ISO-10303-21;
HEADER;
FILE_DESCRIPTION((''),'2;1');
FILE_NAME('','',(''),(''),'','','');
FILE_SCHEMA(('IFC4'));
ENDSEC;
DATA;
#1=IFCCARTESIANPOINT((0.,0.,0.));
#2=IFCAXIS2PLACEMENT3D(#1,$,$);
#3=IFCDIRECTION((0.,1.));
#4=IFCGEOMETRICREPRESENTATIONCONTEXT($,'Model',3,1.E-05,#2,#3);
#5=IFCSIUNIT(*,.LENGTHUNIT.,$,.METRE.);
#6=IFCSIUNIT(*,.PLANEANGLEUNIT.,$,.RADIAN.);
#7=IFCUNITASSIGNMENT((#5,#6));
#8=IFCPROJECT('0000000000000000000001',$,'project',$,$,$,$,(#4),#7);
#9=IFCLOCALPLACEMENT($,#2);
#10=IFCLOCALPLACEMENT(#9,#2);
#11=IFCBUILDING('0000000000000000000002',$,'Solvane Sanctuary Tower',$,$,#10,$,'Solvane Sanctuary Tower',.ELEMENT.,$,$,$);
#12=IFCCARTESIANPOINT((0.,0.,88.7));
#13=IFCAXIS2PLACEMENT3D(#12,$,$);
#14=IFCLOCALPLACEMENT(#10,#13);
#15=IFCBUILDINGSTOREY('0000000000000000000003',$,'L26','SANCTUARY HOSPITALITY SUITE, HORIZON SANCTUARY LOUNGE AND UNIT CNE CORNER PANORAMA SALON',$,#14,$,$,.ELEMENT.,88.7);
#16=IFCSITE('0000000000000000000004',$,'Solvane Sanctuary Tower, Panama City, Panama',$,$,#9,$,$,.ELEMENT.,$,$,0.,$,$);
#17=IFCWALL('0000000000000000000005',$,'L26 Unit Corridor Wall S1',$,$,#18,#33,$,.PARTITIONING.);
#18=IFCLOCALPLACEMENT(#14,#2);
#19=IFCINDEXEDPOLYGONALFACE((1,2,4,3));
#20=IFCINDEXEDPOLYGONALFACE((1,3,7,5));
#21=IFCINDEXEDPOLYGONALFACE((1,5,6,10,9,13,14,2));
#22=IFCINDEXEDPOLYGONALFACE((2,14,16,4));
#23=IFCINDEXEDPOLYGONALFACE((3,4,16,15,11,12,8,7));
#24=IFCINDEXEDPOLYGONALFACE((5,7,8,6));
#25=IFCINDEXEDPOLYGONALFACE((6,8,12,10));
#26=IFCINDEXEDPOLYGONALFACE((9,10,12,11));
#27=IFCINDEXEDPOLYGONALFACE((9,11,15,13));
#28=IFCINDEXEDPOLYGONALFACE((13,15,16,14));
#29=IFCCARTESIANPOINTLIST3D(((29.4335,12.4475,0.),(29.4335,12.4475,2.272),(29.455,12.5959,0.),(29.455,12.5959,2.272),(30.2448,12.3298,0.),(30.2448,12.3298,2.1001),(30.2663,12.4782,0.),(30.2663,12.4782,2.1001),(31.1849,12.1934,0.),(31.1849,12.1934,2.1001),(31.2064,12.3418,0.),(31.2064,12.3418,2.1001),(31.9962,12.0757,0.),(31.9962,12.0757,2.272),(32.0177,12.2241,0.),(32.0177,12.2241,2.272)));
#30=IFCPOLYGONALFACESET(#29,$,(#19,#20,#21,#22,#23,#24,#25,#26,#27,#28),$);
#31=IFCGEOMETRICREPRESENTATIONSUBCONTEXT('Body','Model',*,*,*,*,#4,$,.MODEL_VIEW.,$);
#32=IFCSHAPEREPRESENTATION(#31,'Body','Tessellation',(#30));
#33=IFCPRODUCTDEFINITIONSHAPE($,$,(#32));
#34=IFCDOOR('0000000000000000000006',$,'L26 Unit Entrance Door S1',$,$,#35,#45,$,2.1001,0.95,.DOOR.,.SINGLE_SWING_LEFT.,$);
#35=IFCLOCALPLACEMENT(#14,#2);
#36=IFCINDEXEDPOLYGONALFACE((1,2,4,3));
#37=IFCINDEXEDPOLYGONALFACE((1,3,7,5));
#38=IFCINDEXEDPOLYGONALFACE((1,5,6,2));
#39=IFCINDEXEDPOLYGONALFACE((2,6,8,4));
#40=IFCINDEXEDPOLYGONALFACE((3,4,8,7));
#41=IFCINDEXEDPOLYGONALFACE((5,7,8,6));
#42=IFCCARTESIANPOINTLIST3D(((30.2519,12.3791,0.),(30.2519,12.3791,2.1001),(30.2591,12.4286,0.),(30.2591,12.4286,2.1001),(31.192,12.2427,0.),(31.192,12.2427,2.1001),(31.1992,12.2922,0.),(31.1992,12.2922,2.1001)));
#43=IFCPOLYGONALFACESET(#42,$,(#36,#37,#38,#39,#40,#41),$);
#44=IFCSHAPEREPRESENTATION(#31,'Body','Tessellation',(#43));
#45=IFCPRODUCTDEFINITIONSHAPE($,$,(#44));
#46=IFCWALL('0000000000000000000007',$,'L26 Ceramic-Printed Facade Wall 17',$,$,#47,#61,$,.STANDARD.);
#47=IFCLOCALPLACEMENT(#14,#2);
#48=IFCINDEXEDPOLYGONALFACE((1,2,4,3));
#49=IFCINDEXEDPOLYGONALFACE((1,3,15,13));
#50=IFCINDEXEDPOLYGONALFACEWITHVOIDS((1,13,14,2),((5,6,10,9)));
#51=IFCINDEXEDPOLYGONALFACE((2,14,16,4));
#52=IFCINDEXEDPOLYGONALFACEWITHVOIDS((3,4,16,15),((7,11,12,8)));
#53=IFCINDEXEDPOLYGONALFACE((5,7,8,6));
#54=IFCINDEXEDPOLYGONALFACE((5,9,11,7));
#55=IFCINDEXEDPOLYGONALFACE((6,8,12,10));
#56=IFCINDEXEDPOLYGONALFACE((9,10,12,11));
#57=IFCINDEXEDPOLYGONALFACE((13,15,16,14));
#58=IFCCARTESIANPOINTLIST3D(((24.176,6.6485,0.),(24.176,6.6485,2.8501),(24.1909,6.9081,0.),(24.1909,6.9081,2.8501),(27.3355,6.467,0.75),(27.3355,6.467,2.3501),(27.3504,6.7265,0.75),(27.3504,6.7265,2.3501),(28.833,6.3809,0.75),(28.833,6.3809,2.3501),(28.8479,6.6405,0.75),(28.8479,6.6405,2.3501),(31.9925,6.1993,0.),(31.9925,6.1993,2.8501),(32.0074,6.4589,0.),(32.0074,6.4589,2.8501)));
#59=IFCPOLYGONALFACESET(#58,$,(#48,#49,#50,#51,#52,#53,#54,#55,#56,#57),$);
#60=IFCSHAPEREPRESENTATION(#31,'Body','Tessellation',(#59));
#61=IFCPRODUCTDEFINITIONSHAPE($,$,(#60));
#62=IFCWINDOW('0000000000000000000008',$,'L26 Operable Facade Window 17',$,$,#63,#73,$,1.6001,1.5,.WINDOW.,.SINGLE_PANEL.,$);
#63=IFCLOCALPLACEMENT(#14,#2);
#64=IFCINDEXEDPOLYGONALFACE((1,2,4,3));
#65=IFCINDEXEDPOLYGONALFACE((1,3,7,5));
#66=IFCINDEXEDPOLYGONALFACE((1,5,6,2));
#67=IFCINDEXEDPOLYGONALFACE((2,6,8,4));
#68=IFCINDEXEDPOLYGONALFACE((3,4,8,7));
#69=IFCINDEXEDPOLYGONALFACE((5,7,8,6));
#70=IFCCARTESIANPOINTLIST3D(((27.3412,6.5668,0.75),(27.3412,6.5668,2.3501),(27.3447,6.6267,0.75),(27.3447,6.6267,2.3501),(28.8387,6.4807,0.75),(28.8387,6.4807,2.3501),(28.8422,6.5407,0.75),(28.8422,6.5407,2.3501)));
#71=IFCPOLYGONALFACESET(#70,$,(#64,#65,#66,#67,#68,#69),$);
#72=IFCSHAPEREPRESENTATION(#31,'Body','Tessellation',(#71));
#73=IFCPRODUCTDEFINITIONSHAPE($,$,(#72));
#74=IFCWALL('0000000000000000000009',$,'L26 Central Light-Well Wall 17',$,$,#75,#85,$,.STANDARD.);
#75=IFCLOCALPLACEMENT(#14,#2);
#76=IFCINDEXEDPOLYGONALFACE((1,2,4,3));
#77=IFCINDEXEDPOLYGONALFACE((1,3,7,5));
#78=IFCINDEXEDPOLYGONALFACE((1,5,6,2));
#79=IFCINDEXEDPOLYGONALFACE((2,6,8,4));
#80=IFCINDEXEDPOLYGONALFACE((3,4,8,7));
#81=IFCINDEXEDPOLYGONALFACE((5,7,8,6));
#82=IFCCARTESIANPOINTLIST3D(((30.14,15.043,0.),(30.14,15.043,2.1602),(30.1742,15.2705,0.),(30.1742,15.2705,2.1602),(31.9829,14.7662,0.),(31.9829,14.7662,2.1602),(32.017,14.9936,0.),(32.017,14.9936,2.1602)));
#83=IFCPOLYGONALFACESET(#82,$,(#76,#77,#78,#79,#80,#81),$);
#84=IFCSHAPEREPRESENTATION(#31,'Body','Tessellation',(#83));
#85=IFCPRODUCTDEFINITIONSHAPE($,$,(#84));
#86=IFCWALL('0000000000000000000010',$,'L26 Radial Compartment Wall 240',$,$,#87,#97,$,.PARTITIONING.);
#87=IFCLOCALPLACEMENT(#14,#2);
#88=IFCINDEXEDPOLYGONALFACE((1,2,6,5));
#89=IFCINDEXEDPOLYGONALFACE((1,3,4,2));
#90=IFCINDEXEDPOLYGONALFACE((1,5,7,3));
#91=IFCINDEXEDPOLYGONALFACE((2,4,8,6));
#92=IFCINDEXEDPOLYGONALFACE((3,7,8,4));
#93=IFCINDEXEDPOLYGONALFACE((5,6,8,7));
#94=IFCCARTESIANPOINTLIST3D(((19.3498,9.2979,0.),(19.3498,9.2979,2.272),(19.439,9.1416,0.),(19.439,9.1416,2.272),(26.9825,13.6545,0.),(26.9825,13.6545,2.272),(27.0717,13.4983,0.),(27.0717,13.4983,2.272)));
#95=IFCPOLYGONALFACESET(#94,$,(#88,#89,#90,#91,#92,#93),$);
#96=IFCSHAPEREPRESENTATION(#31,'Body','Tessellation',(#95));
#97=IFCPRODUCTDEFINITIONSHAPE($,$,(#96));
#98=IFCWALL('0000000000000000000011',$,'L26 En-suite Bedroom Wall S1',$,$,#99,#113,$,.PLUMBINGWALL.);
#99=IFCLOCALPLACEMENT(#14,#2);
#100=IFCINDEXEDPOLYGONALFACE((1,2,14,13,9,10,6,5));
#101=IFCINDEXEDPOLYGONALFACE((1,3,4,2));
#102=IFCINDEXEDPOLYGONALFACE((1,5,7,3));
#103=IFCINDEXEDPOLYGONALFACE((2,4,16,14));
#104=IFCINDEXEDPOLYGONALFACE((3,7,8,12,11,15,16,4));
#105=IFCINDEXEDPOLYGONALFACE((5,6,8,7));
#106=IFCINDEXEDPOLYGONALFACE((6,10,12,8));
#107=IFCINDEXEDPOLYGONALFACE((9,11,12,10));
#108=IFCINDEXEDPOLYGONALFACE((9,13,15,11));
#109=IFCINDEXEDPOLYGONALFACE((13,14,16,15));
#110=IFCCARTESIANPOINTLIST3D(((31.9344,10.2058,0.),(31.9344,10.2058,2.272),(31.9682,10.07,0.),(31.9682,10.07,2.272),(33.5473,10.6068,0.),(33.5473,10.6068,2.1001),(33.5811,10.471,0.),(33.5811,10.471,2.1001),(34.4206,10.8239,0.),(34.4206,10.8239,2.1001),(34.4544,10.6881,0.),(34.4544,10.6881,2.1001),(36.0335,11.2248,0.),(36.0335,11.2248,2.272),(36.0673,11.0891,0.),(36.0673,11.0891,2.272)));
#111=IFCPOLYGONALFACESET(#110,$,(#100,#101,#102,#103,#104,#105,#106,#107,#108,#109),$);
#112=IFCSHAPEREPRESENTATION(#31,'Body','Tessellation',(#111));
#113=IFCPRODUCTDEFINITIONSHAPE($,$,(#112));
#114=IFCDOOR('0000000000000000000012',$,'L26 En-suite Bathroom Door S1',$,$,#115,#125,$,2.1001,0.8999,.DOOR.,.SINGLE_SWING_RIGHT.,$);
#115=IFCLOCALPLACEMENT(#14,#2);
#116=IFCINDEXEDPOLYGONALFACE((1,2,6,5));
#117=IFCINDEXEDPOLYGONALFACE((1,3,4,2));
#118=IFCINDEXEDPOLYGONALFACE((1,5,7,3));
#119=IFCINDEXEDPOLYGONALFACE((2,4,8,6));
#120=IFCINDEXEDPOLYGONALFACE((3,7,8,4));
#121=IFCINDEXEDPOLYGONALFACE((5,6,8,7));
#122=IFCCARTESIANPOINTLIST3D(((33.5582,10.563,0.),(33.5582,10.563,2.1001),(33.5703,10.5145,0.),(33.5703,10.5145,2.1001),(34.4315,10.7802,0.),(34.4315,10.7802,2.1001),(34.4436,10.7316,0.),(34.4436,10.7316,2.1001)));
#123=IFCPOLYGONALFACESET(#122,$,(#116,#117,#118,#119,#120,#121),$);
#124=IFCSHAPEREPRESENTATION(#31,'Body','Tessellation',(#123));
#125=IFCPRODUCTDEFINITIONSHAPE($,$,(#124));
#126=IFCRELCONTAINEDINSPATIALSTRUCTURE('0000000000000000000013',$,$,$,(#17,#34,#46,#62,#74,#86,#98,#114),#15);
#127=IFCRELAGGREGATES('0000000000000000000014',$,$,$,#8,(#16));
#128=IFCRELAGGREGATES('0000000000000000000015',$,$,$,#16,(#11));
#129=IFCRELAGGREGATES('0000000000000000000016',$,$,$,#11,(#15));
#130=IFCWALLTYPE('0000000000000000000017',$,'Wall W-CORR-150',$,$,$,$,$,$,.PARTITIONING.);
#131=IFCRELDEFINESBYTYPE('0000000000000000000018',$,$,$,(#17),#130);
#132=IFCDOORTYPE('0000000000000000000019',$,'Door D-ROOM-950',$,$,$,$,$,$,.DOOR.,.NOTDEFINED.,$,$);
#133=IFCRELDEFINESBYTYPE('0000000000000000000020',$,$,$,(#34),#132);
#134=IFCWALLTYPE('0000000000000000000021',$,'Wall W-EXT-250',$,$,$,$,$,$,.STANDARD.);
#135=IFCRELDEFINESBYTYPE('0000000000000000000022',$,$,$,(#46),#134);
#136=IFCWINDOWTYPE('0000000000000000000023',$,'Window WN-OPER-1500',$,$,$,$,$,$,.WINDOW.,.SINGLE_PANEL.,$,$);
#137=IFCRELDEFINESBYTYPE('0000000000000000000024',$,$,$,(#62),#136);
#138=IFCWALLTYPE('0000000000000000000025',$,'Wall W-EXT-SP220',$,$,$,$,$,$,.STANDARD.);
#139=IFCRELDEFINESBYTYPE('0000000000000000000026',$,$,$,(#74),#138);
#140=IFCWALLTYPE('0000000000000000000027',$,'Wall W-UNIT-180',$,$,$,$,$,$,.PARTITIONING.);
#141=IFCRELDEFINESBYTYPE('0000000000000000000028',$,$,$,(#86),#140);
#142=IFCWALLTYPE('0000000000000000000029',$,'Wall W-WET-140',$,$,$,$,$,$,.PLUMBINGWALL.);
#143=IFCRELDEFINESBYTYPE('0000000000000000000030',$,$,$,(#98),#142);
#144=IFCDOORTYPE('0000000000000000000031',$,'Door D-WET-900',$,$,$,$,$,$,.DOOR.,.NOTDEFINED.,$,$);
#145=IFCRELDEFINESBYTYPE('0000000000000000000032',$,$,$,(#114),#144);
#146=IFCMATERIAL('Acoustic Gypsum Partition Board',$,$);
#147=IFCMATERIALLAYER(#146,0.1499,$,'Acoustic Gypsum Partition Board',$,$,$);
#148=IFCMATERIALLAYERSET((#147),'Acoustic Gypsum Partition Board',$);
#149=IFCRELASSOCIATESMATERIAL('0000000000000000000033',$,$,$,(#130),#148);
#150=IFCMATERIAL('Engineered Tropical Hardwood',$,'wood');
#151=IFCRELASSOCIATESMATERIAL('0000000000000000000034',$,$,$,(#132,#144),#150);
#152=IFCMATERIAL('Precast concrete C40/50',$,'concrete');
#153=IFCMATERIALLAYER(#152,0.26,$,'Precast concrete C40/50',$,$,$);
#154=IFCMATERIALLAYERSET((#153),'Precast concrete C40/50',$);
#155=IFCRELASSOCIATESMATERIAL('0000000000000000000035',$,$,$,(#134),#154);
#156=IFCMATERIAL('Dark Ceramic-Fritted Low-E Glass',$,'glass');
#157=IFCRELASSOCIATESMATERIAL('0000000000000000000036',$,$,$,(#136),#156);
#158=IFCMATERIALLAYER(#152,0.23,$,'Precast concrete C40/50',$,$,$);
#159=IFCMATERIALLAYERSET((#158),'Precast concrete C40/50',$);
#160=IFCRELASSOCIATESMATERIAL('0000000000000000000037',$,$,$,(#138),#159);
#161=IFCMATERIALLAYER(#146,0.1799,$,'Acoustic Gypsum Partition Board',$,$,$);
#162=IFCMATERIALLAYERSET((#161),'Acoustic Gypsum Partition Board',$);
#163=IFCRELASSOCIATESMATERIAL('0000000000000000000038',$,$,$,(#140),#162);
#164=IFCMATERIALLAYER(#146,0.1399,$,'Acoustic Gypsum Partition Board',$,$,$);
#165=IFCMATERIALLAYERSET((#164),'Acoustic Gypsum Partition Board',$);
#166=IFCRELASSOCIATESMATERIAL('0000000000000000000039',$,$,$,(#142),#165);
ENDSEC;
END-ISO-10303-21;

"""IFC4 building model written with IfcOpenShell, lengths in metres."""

from ifc_helpers import new_model, si_unit, direction, frame, frame_2d, origin, place, context, subcontext, project, spatial, rectangle, extrude, material, layer, layer_set, type_object, element, fill, save


model = new_model("IFC4")

# Units and contexts
model_context = context("Model", 3, precision=1e-05, world=origin(), true_north=direction((0.0, 1.0)))
body_context = subcontext(model_context, "Body", "Model", "MODEL_VIEW")
ifc_project = project(units=[si_unit("LENGTHUNIT", "METRE"), si_unit("PLANEANGLEUNIT", "RADIAN")], contexts=[model_context])

# Site, building, storey
site_placement = place(None, origin())
site = spatial("IfcSite", under=ifc_project, at=site_placement, Name="Solvane Sanctuary Tower, Panama City, Panama", CompositionType="ELEMENT", RefElevation=0.0)
building_placement = place(site_placement, origin())
building = spatial("IfcBuilding", under=site, at=building_placement, Name="Solvane Sanctuary Tower", LongName="Solvane Sanctuary Tower", CompositionType="ELEMENT")
storey_placement = place(building_placement, frame((0.0, 0.0, 88.7)))
storey = spatial("IfcBuildingStorey", under=building, at=storey_placement, Name="L26", Description="SANCTUARY HOSPITALITY SUITE, HORIZON SANCTUARY LOUNGE AND UNIT CNE CORNER PANORAMA SALON", CompositionType="ELEMENT", Elevation=88.7)

# Shared definitions
ifc_material_1 = material(Name="Acoustic Gypsum Partition Board")
ifc_layer_1 = layer(ifc_material_1, 0.1499, Name="Acoustic Gypsum Partition Board")
ifc_layer_set_1 = layer_set([ifc_layer_1], Name="Acoustic Gypsum Partition Board")
wall_type_1 = type_object("IfcWallType", Name="Wall W-CORR-150", PredefinedType="PARTITIONING", material=ifc_layer_set_1)

# Wall, opening, door
wall_1_placement = place(storey_placement, frame((29.4441, 12.5217, 0.0), z_axis=(0.0, 0.0, 1.0), x_axis=(0.989638, -0.143586, 0.0)))
wall_1 = element("IfcWall", 1, at=wall_1_placement, inside=storey, type_object=wall_type_1, Name="L26 Unit Corridor Wall S1", PredefinedType="PARTITIONING", context=body_context, shape_type="SweptSolid", body=[
    extrude(rectangle(XDim=2.5896, YDim=0.1499, at=frame_2d((1.2949, 0.0))), origin(), (0.0, 0.0, 1.0), 2.272),
])
opening_1_placement = place(wall_1_placement, frame((0.8198, 0.0, 0.0)))
opening_1 = element("IfcOpeningElement", 2, at=opening_1_placement, cuts=wall_1, PredefinedType="OPENING", context=body_context, shape_type="SweptSolid", body=[
    extrude(rectangle(XDim=0.95, YDim=2.1001, at=frame_2d((0.4751, 1.05))), frame((0.0, 0.085, 0.0), z_axis=(0.0, -1.0, 0.0), x_axis=(1.0, 0.0, 0.0)), (0.0, 0.0, 1.0), 0.1699),
])
ifc_material_2 = material(Name="Engineered Tropical Hardwood", Category="wood")
door_type_1 = type_object("IfcDoorType", Name="Door D-ROOM-950", OperationType="NOTDEFINED", PredefinedType="DOOR", material=ifc_material_2)
door_1_placement = place(opening_1_placement, origin())
door_1 = element("IfcDoor", 3, at=door_1_placement, inside=storey, type_object=door_type_1, Name="L26 Unit Entrance Door S1", OperationType="SINGLE_SWING_LEFT", OverallHeight=2.1001, OverallWidth=0.95, PredefinedType="DOOR", context=body_context, shape_type="SweptSolid", body=[
    extrude(rectangle(XDim=0.95, YDim=2.1001, at=frame_2d((0.4751, 1.05))), frame((0.0, 0.0249, 0.0), z_axis=(0.0, -1.0, 0.0), x_axis=(1.0, 0.0, 0.0)), (0.0, 0.0, 1.0), 0.05),
])
fill(opening_1, door_1)

# Wall, opening, window
ifc_material_3 = material(Name="Precast concrete C40/50", Category="concrete")
ifc_layer_2 = layer(ifc_material_3, 0.26, Name="Precast concrete C40/50")
ifc_layer_set_2 = layer_set([ifc_layer_2], Name="Precast concrete C40/50")
wall_type_2 = type_object("IfcWallType", Name="Wall W-EXT-250", PredefinedType="STANDARD", material=ifc_layer_set_2)
wall_2_placement = place(storey_placement, frame((24.1836, 6.7783, 0.0), z_axis=(0.0, 0.0, 1.0), x_axis=(0.998353, -0.057377, 0.0)))
wall_2 = element("IfcWall", 4, at=wall_2_placement, inside=storey, type_object=wall_type_2, Name="L26 Ceramic-Printed Facade Wall 17", PredefinedType="STANDARD", context=body_context, shape_type="SweptSolid", body=[
    extrude(rectangle(XDim=7.8293, YDim=0.26, at=frame_2d((3.9146, 0.0))), origin(), (0.0, 0.0, 1.0), 2.8501),
])
opening_2_placement = place(wall_2_placement, frame((3.1646, 0.0, 0.75)))
opening_2 = element("IfcOpeningElement", 5, at=opening_2_placement, cuts=wall_2, PredefinedType="OPENING", context=body_context, shape_type="SweptSolid", body=[
    extrude(rectangle(XDim=1.5, YDim=1.6001, at=frame_2d((0.75, 0.8))), frame((0.0, 0.1399, 0.0), z_axis=(0.0, -1.0, 0.0), x_axis=(1.0, 0.0, 0.0)), (0.0, 0.0, 1.0), 0.28),
])
ifc_material_4 = material(Name="Dark Ceramic-Fritted Low-E Glass", Category="glass")
window_type = type_object("IfcWindowType", Name="Window WN-OPER-1500", PartitioningType="SINGLE_PANEL", PredefinedType="WINDOW", material=ifc_material_4)
window_placement = place(opening_2_placement, origin())
window = element("IfcWindow", 6, at=window_placement, inside=storey, type_object=window_type, Name="L26 Operable Facade Window 17", OverallHeight=1.6001, OverallWidth=1.5, PartitioningType="SINGLE_PANEL", PredefinedType="WINDOW", context=body_context, shape_type="SweptSolid", body=[
    extrude(rectangle(XDim=1.5, YDim=1.6001, at=frame_2d((0.75, 0.8))), frame((0.0, 0.03, 0.0), z_axis=(0.0, -1.0, 0.0), x_axis=(1.0, 0.0, 0.0)), (0.0, 0.0, 1.0), 0.0601),
])
fill(opening_2, window)

# Walls
ifc_layer_3 = layer(ifc_material_3, 0.23, Name="Precast concrete C40/50")
ifc_layer_set_3 = layer_set([ifc_layer_3], Name="Precast concrete C40/50")
wall_type_3 = type_object("IfcWallType", Name="Wall W-EXT-SP220", PredefinedType="STANDARD", material=ifc_layer_set_3)
wall_3_placement = place(storey_placement, frame((30.1572, 15.1567, 0.0), z_axis=(0.0, 0.0, 1.0), x_axis=(0.988902, -0.148571, 0.0)))
element("IfcWall", 7, at=wall_3_placement, inside=storey, type_object=wall_type_3, Name="L26 Central Light-Well Wall 17", PredefinedType="STANDARD", context=body_context, shape_type="SweptSolid", body=[
    extrude(rectangle(XDim=1.8635, YDim=0.23, at=frame_2d((0.9316, 0.0))), origin(), (0.0, 0.0, 1.0), 2.1602),
])
ifc_layer_4 = layer(ifc_material_1, 0.1799, Name="Acoustic Gypsum Partition Board")
ifc_layer_set_4 = layer_set([ifc_layer_4], Name="Acoustic Gypsum Partition Board")
wall_type_4 = type_object("IfcWallType", Name="Wall W-UNIT-180", PredefinedType="PARTITIONING", material=ifc_layer_set_4)
wall_4_placement = place(storey_placement, frame((27.0271, 13.5764, 0.0), z_axis=(0.0, 0.0, 1.0), x_axis=(-0.868484, -0.495717, 0.0)))
element("IfcWall", 8, at=wall_4_placement, inside=storey, type_object=wall_type_4, Name="L26 Radial Compartment Wall 240", PredefinedType="PARTITIONING", context=body_context, shape_type="SweptSolid", body=[
    extrude(rectangle(XDim=8.7886, YDim=0.1799, at=frame_2d((4.3943, 0.0))), origin(), (0.0, 0.0, 1.0), 2.272),
])

# Wall, opening, door
ifc_layer_5 = layer(ifc_material_1, 0.1399, Name="Acoustic Gypsum Partition Board")
ifc_layer_set_5 = layer_set([ifc_layer_5], Name="Acoustic Gypsum Partition Board")
wall_type_5 = type_object("IfcWallType", Name="Wall W-WET-140", PredefinedType="PLUMBINGWALL", material=ifc_layer_set_5)
wall_5_placement = place(storey_placement, frame((31.9514, 10.1379, 0.0), z_axis=(0.0, 0.0, 1.0), x_axis=(0.970461, 0.241257, 0.0)))
wall_5 = element("IfcWall", 9, at=wall_5_placement, inside=storey, type_object=wall_type_5, Name="L26 En-suite Bedroom Wall S1", PredefinedType="PLUMBINGWALL", context=body_context, shape_type="SweptSolid", body=[
    extrude(rectangle(XDim=4.2239, YDim=0.1399, at=frame_2d((2.1118, 0.0))), origin(), (0.0, 0.0, 1.0), 2.272),
])
opening_3_placement = place(wall_5_placement, frame((1.6619, 0.0, 0.0)))
opening_3 = element("IfcOpeningElement", 10, at=opening_3_placement, cuts=wall_5, PredefinedType="OPENING", context=body_context, shape_type="SweptSolid", body=[
    extrude(rectangle(XDim=0.8999, YDim=2.1001, at=frame_2d((0.45, 1.05))), frame((0.0, 0.0798, 0.0), z_axis=(0.0, -1.0, 0.0), x_axis=(1.0, 0.0, 0.0)), (0.0, 0.0, 1.0), 0.1599),
])
door_type_2 = type_object("IfcDoorType", Name="Door D-WET-900", OperationType="NOTDEFINED", PredefinedType="DOOR", material=ifc_material_2)
door_2_placement = place(opening_3_placement, origin())
door_2 = element("IfcDoor", 11, at=door_2_placement, inside=storey, type_object=door_type_2, Name="L26 En-suite Bathroom Door S1", OperationType="SINGLE_SWING_RIGHT", OverallHeight=2.1001, OverallWidth=0.8999, PredefinedType="DOOR", context=body_context, shape_type="SweptSolid", body=[
    extrude(rectangle(XDim=0.8999, YDim=2.1001, at=frame_2d((0.45, 1.05))), frame((0.0, 0.0249, 0.0), z_axis=(0.0, -1.0, 0.0), x_axis=(1.0, 0.0, 0.0)), (0.0, 0.0, 1.0), 0.05),
])
fill(opening_3, door_2)

save(model, "model.ifc")
